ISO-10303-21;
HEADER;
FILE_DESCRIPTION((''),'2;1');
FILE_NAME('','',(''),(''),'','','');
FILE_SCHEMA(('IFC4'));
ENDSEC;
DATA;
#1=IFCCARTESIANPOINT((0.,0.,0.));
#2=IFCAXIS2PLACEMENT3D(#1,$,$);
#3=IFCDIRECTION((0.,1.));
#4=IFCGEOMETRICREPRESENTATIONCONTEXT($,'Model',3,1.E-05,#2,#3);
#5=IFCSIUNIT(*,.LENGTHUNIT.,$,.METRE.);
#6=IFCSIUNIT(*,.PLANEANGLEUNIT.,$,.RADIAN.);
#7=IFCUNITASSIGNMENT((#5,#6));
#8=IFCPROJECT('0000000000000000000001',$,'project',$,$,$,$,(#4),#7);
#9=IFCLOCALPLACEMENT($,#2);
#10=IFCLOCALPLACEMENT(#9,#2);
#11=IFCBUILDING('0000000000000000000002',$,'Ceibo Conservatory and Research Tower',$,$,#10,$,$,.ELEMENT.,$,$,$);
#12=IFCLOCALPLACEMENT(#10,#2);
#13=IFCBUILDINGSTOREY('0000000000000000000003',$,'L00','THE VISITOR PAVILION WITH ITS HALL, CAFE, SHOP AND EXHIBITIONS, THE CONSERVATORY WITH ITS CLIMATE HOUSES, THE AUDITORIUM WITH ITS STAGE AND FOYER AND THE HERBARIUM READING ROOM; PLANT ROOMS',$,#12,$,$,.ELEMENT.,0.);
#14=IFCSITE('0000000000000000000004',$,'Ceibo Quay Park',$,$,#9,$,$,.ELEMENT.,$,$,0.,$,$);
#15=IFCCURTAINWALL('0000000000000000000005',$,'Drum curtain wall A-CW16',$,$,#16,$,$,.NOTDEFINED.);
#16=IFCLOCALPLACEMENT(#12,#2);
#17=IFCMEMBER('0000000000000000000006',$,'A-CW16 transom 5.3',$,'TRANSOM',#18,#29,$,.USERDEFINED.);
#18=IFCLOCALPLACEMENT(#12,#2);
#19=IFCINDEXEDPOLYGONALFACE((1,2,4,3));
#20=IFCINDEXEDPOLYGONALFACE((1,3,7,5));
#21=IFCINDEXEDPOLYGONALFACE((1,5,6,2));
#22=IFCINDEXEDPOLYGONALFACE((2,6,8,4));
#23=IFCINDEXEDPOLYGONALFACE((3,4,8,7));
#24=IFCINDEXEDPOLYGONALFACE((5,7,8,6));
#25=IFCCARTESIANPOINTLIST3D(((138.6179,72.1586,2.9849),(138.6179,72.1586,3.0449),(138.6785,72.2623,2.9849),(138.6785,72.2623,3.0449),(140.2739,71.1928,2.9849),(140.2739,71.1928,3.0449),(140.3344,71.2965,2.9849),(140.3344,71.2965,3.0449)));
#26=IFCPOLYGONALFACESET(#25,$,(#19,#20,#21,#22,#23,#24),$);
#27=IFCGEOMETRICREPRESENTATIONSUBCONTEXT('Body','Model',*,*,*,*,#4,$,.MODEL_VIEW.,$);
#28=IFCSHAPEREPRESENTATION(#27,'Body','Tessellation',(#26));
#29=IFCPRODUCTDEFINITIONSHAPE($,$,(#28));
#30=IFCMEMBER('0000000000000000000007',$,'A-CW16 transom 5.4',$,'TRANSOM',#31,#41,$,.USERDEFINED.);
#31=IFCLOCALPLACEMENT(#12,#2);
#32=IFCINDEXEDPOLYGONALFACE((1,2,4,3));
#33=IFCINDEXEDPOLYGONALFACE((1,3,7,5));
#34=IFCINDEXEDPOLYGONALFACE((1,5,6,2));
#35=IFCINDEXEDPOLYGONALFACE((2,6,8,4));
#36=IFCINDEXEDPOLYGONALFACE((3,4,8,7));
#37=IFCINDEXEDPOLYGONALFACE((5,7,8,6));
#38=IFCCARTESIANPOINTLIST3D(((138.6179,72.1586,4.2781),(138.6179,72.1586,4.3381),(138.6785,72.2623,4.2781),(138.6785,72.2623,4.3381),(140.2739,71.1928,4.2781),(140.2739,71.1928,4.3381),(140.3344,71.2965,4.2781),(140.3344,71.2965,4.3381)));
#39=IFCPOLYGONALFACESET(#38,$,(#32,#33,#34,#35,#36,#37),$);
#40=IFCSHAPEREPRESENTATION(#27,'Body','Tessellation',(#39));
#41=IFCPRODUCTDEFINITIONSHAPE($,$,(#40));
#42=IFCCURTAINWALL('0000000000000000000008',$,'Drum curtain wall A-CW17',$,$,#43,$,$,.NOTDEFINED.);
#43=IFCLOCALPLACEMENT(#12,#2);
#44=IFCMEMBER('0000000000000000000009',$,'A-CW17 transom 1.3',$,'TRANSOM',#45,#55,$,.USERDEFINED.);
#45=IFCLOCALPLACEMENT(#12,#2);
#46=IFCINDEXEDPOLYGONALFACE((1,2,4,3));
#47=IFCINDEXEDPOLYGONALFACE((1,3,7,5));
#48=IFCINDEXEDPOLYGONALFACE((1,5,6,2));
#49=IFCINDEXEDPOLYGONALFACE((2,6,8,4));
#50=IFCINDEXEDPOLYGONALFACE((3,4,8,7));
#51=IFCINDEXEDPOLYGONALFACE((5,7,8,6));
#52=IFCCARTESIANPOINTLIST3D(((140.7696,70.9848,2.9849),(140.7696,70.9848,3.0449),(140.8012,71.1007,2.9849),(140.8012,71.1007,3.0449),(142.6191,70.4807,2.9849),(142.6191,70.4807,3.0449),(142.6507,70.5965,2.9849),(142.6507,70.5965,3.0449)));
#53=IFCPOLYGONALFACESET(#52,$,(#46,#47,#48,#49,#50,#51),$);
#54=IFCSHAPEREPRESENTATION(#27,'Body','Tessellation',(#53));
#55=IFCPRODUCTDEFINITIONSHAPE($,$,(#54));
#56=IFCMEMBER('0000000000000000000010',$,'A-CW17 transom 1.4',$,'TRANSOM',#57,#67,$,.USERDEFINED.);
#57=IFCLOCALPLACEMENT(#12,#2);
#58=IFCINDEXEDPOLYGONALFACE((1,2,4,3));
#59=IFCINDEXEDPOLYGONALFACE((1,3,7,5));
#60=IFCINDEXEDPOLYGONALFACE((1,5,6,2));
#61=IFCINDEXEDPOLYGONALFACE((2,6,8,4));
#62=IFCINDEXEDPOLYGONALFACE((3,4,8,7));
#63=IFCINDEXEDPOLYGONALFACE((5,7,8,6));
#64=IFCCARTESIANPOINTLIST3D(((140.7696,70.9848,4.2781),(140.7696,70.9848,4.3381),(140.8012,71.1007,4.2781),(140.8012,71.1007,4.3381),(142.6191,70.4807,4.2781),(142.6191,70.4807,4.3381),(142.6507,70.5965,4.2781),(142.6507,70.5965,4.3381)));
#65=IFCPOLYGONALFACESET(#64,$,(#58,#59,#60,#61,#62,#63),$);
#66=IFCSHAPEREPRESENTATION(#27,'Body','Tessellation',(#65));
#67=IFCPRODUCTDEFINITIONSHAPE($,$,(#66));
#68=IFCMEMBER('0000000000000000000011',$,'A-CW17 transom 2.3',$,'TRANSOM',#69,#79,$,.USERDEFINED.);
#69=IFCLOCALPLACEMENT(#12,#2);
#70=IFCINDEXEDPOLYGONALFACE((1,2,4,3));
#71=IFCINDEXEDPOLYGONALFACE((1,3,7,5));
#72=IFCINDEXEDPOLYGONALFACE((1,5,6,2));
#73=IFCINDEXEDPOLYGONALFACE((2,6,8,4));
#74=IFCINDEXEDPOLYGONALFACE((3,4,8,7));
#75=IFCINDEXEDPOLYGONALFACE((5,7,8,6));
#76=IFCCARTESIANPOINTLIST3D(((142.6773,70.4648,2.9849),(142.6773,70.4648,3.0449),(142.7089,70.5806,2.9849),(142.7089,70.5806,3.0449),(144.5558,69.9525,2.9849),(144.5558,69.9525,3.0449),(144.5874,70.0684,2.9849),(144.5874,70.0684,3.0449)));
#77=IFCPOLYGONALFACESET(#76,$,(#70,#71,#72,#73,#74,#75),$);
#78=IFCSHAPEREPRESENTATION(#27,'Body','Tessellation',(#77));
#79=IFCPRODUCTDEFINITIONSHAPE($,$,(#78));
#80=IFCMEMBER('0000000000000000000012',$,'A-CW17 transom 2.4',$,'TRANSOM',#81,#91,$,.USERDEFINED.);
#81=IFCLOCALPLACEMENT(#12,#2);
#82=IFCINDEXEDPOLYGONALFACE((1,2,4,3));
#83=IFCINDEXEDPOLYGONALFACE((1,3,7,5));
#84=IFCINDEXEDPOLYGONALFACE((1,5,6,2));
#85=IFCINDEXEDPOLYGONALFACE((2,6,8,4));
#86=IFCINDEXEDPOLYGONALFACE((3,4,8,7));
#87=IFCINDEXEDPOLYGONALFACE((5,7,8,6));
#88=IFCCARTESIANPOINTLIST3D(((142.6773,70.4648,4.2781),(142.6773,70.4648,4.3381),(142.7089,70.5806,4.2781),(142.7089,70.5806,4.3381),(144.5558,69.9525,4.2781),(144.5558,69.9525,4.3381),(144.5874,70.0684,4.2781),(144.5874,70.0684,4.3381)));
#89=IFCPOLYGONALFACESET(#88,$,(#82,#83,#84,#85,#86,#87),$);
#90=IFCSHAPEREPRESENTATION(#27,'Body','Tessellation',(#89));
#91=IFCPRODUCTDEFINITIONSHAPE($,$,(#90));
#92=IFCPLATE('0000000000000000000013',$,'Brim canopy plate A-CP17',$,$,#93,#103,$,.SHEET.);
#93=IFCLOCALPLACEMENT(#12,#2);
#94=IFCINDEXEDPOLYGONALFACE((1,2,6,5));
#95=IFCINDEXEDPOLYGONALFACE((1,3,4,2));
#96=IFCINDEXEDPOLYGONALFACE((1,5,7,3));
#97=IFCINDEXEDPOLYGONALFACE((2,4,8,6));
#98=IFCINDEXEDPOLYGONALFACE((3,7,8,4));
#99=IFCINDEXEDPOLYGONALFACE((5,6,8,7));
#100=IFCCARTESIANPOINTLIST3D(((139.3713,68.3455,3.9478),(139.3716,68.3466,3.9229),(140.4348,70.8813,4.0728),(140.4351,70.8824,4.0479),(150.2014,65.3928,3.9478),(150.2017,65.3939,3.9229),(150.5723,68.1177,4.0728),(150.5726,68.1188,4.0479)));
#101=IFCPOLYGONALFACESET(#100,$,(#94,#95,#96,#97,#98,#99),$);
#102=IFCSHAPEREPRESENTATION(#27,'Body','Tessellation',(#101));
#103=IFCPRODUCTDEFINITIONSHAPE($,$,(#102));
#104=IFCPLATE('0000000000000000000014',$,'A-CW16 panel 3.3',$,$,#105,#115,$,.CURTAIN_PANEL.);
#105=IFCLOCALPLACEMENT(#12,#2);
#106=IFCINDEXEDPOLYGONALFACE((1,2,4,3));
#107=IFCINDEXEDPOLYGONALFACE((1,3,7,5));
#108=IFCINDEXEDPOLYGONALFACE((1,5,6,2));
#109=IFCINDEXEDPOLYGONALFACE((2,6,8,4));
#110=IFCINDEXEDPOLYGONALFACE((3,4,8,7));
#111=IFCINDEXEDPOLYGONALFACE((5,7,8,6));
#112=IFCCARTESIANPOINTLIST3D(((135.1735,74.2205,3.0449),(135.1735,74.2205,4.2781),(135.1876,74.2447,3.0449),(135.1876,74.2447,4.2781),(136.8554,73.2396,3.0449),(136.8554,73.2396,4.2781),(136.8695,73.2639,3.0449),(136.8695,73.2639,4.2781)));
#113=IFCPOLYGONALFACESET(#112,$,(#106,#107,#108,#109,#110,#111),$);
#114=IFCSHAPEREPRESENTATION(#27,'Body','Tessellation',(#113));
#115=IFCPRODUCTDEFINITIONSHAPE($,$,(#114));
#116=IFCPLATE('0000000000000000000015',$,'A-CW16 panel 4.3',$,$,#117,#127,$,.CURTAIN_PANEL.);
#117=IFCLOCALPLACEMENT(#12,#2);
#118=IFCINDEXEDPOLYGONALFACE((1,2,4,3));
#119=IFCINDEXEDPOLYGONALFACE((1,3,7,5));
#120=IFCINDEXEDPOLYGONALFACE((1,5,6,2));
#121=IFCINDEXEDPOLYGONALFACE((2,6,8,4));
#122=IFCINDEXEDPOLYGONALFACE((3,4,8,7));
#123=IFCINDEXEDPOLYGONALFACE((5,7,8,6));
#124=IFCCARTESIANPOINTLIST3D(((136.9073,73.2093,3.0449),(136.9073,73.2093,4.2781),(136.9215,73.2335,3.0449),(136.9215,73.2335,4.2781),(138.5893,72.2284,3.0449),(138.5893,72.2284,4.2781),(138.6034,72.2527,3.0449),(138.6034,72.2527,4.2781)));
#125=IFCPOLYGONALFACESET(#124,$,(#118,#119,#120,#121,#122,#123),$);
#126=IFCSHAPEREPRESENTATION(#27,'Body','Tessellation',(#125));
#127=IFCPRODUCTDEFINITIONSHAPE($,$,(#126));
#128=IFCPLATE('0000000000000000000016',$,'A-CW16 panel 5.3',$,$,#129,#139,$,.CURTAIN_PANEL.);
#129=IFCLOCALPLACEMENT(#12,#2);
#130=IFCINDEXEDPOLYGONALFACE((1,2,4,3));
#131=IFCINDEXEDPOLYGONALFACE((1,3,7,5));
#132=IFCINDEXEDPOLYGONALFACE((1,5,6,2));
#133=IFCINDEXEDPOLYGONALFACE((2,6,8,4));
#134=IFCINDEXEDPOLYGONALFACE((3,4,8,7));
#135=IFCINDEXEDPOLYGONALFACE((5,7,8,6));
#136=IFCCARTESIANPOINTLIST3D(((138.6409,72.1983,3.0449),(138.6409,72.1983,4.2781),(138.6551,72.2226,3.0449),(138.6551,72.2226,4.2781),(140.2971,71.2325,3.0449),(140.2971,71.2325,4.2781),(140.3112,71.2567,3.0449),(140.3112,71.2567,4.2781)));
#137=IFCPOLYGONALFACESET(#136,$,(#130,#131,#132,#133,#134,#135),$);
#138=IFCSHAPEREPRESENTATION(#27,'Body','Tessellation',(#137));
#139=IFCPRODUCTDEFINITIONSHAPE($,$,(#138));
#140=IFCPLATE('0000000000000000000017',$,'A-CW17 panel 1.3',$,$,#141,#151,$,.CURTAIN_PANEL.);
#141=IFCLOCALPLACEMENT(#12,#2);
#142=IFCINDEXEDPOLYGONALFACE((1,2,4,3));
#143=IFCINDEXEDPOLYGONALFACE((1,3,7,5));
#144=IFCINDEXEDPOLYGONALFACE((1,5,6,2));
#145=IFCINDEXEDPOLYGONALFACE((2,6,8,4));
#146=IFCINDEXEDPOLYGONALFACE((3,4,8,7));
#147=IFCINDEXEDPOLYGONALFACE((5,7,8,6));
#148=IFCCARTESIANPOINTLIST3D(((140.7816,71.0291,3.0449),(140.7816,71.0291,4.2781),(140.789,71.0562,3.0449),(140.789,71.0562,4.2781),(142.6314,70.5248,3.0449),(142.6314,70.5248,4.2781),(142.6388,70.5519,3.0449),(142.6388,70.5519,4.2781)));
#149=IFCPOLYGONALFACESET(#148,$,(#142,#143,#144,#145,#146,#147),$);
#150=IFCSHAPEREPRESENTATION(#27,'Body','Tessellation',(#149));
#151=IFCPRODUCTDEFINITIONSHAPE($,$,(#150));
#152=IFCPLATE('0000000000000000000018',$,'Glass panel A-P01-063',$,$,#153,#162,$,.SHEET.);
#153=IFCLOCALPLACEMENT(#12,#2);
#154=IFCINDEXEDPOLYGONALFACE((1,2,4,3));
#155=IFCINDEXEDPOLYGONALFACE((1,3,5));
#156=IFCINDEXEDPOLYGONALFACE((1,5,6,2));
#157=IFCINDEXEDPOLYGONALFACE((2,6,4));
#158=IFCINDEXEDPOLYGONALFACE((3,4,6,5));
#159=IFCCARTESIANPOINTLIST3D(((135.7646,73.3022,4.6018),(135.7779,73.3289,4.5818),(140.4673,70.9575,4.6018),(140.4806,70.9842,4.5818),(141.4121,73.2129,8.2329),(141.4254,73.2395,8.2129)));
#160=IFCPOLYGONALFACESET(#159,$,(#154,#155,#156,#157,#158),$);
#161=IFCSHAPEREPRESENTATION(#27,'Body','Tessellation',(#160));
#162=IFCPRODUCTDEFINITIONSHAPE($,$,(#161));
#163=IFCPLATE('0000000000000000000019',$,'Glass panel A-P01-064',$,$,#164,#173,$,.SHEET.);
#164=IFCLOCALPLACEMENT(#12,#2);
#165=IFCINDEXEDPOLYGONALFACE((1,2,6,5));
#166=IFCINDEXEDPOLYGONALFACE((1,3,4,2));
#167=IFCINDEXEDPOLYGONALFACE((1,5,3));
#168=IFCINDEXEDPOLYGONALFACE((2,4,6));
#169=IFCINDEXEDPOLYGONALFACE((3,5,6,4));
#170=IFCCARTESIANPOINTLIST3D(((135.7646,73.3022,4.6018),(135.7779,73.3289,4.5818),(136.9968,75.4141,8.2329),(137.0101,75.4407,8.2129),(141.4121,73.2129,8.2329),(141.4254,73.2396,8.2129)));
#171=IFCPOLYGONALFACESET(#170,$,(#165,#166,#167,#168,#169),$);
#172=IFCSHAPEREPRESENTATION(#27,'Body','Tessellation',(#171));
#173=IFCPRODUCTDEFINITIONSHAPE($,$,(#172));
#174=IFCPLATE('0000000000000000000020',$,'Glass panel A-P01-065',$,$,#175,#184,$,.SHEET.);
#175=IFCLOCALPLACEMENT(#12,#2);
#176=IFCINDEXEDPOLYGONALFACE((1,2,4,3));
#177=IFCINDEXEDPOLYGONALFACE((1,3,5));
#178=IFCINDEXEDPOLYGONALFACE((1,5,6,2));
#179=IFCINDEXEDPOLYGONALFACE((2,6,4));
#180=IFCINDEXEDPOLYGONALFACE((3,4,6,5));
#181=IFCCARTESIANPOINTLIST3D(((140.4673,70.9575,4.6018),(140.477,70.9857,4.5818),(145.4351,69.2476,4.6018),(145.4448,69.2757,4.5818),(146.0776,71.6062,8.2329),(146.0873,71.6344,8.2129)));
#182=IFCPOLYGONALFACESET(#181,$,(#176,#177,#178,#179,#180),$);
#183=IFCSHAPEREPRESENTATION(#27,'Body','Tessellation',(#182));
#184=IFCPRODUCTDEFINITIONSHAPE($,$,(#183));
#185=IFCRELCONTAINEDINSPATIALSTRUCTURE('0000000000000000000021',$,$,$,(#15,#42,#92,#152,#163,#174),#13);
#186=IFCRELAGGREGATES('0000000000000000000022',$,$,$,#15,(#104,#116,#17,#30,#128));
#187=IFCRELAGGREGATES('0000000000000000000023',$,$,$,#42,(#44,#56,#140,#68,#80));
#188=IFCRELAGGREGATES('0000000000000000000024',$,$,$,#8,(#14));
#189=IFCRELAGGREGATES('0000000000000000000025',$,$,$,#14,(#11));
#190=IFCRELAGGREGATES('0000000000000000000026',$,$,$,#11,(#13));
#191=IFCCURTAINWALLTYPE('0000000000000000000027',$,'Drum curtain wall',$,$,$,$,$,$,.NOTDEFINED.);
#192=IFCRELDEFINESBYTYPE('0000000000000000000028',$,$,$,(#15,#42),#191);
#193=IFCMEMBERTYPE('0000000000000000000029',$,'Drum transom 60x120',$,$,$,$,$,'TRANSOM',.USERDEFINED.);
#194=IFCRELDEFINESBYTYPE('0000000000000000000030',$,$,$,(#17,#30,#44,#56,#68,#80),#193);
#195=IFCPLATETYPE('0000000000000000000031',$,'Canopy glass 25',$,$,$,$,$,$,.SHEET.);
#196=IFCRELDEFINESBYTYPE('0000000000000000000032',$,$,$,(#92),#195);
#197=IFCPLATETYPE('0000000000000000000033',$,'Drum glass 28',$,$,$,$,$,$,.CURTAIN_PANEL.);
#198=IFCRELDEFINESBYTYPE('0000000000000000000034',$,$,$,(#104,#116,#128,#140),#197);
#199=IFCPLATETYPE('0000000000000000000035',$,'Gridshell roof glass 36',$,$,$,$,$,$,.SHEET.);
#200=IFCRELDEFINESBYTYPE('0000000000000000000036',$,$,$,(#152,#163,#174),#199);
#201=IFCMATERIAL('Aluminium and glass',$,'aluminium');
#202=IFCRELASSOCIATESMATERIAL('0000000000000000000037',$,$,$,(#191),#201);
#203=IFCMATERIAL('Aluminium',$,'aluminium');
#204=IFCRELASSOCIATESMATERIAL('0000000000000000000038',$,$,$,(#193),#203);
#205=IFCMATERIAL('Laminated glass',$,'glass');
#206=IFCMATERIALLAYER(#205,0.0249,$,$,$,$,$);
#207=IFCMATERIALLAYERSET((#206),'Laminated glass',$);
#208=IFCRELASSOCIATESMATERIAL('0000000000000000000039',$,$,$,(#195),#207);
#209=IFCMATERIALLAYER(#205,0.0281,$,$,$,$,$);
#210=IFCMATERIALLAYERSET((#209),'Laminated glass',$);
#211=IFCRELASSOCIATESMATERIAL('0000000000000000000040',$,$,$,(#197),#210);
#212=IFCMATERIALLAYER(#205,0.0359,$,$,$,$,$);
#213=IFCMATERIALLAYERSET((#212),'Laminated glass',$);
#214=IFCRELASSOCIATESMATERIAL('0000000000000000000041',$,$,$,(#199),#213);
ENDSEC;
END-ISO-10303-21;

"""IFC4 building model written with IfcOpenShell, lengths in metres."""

from ifc_helpers import new_model, si_unit, direction, frame, origin, origin_2d, place, context, subcontext, project, spatial, polyline, rectangle, outline, extrude, material, layer, layer_set, material_profile, profile_set, type_object, element, aggregate, save


model = new_model("IFC4")

# Units and contexts
model_context = context("Model", 3, precision=1e-05, world=origin(), true_north=direction((0.0, 1.0)))
body_context = subcontext(model_context, "Body", "Model", "MODEL_VIEW")
ifc_project = project(units=[si_unit("LENGTHUNIT", "METRE"), si_unit("PLANEANGLEUNIT", "RADIAN")], contexts=[model_context])

# Site, building, storey
site_placement = place(None, origin())
site = spatial("IfcSite", under=ifc_project, at=site_placement, Name="Ceibo Quay Park", CompositionType="ELEMENT", RefElevation=0.0)
building_placement = place(site_placement, origin())
building = spatial("IfcBuilding", under=site, at=building_placement, Name="Ceibo Conservatory and Research Tower", CompositionType="ELEMENT")
storey_placement = place(building_placement, origin())
storey = spatial("IfcBuildingStorey", under=building, at=storey_placement, Name="L00", Description="THE VISITOR PAVILION WITH ITS HALL, CAFE, SHOP AND EXHIBITIONS, THE CONSERVATORY WITH ITS CLIMATE HOUSES, THE AUDITORIUM WITH ITS STAGE AND FOYER AND THE HERBARIUM READING ROOM; PLANT ROOMS", CompositionType="ELEMENT", Elevation=0.0)

# Curtain walls, members
ifc_material_1 = material(Name="Aluminium and glass", Category="aluminium")
curtain_wall_type = type_object("IfcCurtainWallType", Name="Drum curtain wall", PredefinedType="NOTDEFINED", material=ifc_material_1)
curtain_wall_1_placement = place(storey_placement, origin())
curtain_wall_1 = element("IfcCurtainWall", 1, at=curtain_wall_1_placement, inside=storey, type_object=curtain_wall_type, Name="Drum curtain wall A-CW16", PredefinedType="NOTDEFINED")
ifc_material_2 = material(Name="Aluminium", Category="aluminium")
ifc_material_profile_1 = material_profile(ifc_material_2, rectangle(XDim=0.1201, YDim=0.0601, at=origin_2d()), Name="AL 60x120")
ifc_profile_set_1 = profile_set([ifc_material_profile_1], Name="Aluminium")
member_type_1 = type_object("IfcMemberType", Name="Drum transom 60x120", ElementType="TRANSOM", PredefinedType="USERDEFINED", material=ifc_profile_set_1)
member_1_placement = place(storey_placement, frame((138.6482, 72.2104, 3.0149), z_axis=(0.86382, -0.5038, 0.0), x_axis=(0.5038, 0.86382, 0.0)))
member_1 = element("IfcMember", 2, at=member_1_placement, type_object=member_type_1, Name="A-CW16 transom 5.3", ObjectType="TRANSOM", PredefinedType="USERDEFINED", context=body_context, shape_type="SweptSolid", body=[
    extrude(rectangle(XDim=0.1201, YDim=0.0601, at=origin_2d()), origin(), (0.0, 0.0, 1.0), 1.917),
])
member_2_placement = place(storey_placement, frame((138.6482, 72.2104, 4.3081), z_axis=(0.86382, -0.5038, 0.0), x_axis=(0.5038, 0.86382, 0.0)))
member_2 = element("IfcMember", 3, at=member_2_placement, type_object=member_type_1, Name="A-CW16 transom 5.4", ObjectType="TRANSOM", PredefinedType="USERDEFINED", context=body_context, shape_type="SweptSolid", body=[
    extrude(rectangle(XDim=0.1201, YDim=0.0601, at=origin_2d()), origin(), (0.0, 0.0, 1.0), 1.917),
])
curtain_wall_2_placement = place(storey_placement, origin())
curtain_wall_2 = element("IfcCurtainWall", 4, at=curtain_wall_2_placement, inside=storey, type_object=curtain_wall_type, Name="Drum curtain wall A-CW17", PredefinedType="NOTDEFINED")
member_3_placement = place(storey_placement, frame((140.7854, 71.0427, 3.0149), z_axis=(0.964802, -0.262977, 0.0), x_axis=(0.262977, 0.964802, 0.0)))
member_3 = element("IfcMember", 5, at=member_3_placement, type_object=member_type_1, Name="A-CW17 transom 1.3", ObjectType="TRANSOM", PredefinedType="USERDEFINED", context=body_context, shape_type="SweptSolid", body=[
    extrude(rectangle(XDim=0.1201, YDim=0.0601, at=origin_2d()), origin(), (0.0, 0.0, 1.0), 1.917),
])
member_4_placement = place(storey_placement, frame((140.7854, 71.0427, 4.3081), z_axis=(0.964802, -0.262977, 0.0), x_axis=(0.262977, 0.964802, 0.0)))
member_4 = element("IfcMember", 6, at=member_4_placement, type_object=member_type_1, Name="A-CW17 transom 1.4", ObjectType="TRANSOM", PredefinedType="USERDEFINED", context=body_context, shape_type="SweptSolid", body=[
    extrude(rectangle(XDim=0.1201, YDim=0.0601, at=origin_2d()), origin(), (0.0, 0.0, 1.0), 1.917),
])
member_5_placement = place(storey_placement, frame((142.6931, 70.5227, 3.0149), z_axis=(0.964775, -0.263075, 0.0), x_axis=(0.263075, 0.964775, 0.0)))
member_5 = element("IfcMember", 7, at=member_5_placement, type_object=member_type_1, Name="A-CW17 transom 2.3", ObjectType="TRANSOM", PredefinedType="USERDEFINED", context=body_context, shape_type="SweptSolid", body=[
    extrude(rectangle(XDim=0.1201, YDim=0.0601, at=origin_2d()), origin(), (0.0, 0.0, 1.0), 1.947),
])
member_6_placement = place(storey_placement, frame((142.6931, 70.5227, 4.3081), z_axis=(0.964775, -0.263075, 0.0), x_axis=(0.263075, 0.964775, 0.0)))
member_6 = element("IfcMember", 8, at=member_6_placement, type_object=member_type_1, Name="A-CW17 transom 2.4", ObjectType="TRANSOM", PredefinedType="USERDEFINED", context=body_context, shape_type="SweptSolid", body=[
    extrude(rectangle(XDim=0.1201, YDim=0.0601, at=origin_2d()), origin(), (0.0, 0.0, 1.0), 1.947),
])

# Plates
ifc_material_3 = material(Name="Laminated glass", Category="glass")
ifc_layer_1 = layer(ifc_material_3, 0.0249)
ifc_layer_set_1 = layer_set([ifc_layer_1], Name="Laminated glass")
plate_type_1 = type_object("IfcPlateType", Name="Canopy glass 25", PredefinedType="SHEET", material=ifc_layer_set_1)
plate_1_placement = place(storey_placement, frame((140.4348, 70.8813, 4.0728), z_axis=(0.012047, 0.044187, -0.998951), x_axis=(0.96479, -0.263021, 0.0)))
element("IfcPlate", 9, at=plate_1_placement, inside=storey, type_object=plate_type_1, Name="Brim canopy plate A-CP17", PredefinedType="SHEET", context=body_context, shape_type="SweptSolid", body=[
    extrude(outline(polyline([(0.0, 0.0), (10.5074, 0.0), (10.8663, 2.7293), (-0.359, 2.7292), (0.0, 0.0)])), origin(), (0.0, 0.0, 1.0), 0.0249),
])
ifc_layer_2 = layer(ifc_material_3, 0.0281)
ifc_layer_set_2 = layer_set([ifc_layer_2], Name="Laminated glass")
plate_type_2 = type_object("IfcPlateType", Name="Drum glass 28", PredefinedType="CURTAIN_PANEL", material=ifc_layer_set_2)
plate_2_placement = place(storey_placement, frame((136.0215, 73.7422, 3.0449), z_axis=(0.0, 0.0, 1.0), x_axis=(0.863836, -0.503774, 0.0)))
plate_2 = element("IfcPlate", 10, at=plate_2_placement, type_object=plate_type_2, Name="A-CW16 panel 3.3", PredefinedType="CURTAIN_PANEL", context=body_context, shape_type="SweptSolid", body=[
    extrude(rectangle(XDim=1.947, YDim=0.0281, at=origin_2d()), origin(), (0.0, 0.0, 1.0), 1.2332),
])
plate_3_placement = place(storey_placement, frame((137.7554, 72.731, 3.0449), z_axis=(0.0, 0.0, 1.0), x_axis=(0.863836, -0.503774, 0.0)))
plate_3 = element("IfcPlate", 11, at=plate_3_placement, type_object=plate_type_2, Name="A-CW16 panel 4.3", PredefinedType="CURTAIN_PANEL", context=body_context, shape_type="SweptSolid", body=[
    extrude(rectangle(XDim=1.947, YDim=0.0281, at=origin_2d()), origin(), (0.0, 0.0, 1.0), 1.2332),
])
plate_4_placement = place(storey_placement, frame((139.4761, 71.7275, 3.0449), z_axis=(0.0, 0.0, 1.0), x_axis=(0.863836, -0.503774, 0.0)))
plate_4 = element("IfcPlate", 12, at=plate_4_placement, type_object=plate_type_2, Name="A-CW16 panel 5.3", PredefinedType="CURTAIN_PANEL", context=body_context, shape_type="SweptSolid", body=[
    extrude(rectangle(XDim=1.9172, YDim=0.0281, at=origin_2d()), origin(), (0.0, 0.0, 1.0), 1.2332),
])
aggregate(curtain_wall_1, [plate_2, plate_3, member_1, member_2, plate_4])
plate_5_placement = place(storey_placement, frame((141.7102, 70.7905, 3.0449), z_axis=(0.0, 0.0, 1.0), x_axis=(0.964787, -0.263031, 0.0)))
plate_5 = element("IfcPlate", 13, at=plate_5_placement, type_object=plate_type_2, Name="A-CW17 panel 1.3", PredefinedType="CURTAIN_PANEL", context=body_context, shape_type="SweptSolid", body=[
    extrude(rectangle(XDim=1.9172, YDim=0.0281, at=origin_2d()), origin(), (0.0, 0.0, 1.0), 1.2332),
])
aggregate(curtain_wall_2, [member_3, member_4, plate_5, member_5, member_6])

# Plates
ifc_layer_3 = layer(ifc_material_3, 0.0359)
ifc_layer_set_3 = layer_set([ifc_layer_3], Name="Laminated glass")
plate_type_3 = type_object("IfcPlateType", Name="Gridshell roof glass 36", PredefinedType="SHEET", material=ifc_layer_set_3)
plate_6_placement = place(storey_placement, frame((135.7646, 73.3022, 4.6018), z_axis=(-0.37036, -0.742803, 0.557743), x_axis=(0.894928, -0.44621, 0.0)))
element("IfcPlate", 14, at=plate_6_placement, inside=storey, type_object=plate_type_3, Name="Glass panel A-P01-063", PredefinedType="SHEET", context=body_context, shape_type="SweptSolid", body=[
    extrude(outline(polyline([(0.0, 0.0), (5.2548, 0.0), (5.0939, 4.3748), (0.0, 0.0)])), origin(), (0.0, 0.0, -1.0), 0.0359),
])
plate_7_placement = place(storey_placement, frame((135.7646, 73.3022, 4.6018), z_axis=(-0.370335, -0.742846, 0.557702), x_axis=(0.841064, -0.013308, 0.540772)))
element("IfcPlate", 15, at=plate_7_placement, inside=storey, type_object=plate_type_3, Name="Glass panel A-P01-064", PredefinedType="SHEET", context=body_context, shape_type="SweptSolid", body=[
    extrude(outline(polyline([(0.0, 0.0), (6.7147, 0.0), (2.9718, 3.2142), (0.0, 0.0)])), origin(), (0.0, 0.0, -1.0), 0.0359),
])
plate_8_placement = place(storey_placement, frame((140.4673, 70.9575, 4.6018), z_axis=(-0.270166, -0.784884, 0.557644), x_axis=(0.945553, -0.325469, 0.0)))
element("IfcPlate", 16, at=plate_8_placement, inside=storey, type_object=plate_type_3, Name="Glass panel A-P01-065", PredefinedType="SHEET", context=body_context, shape_type="SweptSolid", body=[
    extrude(outline(polyline([(0.0, 0.0), (5.2538, 0.0), (5.0938, 4.3744), (0.0, 0.0)])), origin(), (0.0, 0.0, -1.0), 0.0359),
])

save(model, "model.ifc")
